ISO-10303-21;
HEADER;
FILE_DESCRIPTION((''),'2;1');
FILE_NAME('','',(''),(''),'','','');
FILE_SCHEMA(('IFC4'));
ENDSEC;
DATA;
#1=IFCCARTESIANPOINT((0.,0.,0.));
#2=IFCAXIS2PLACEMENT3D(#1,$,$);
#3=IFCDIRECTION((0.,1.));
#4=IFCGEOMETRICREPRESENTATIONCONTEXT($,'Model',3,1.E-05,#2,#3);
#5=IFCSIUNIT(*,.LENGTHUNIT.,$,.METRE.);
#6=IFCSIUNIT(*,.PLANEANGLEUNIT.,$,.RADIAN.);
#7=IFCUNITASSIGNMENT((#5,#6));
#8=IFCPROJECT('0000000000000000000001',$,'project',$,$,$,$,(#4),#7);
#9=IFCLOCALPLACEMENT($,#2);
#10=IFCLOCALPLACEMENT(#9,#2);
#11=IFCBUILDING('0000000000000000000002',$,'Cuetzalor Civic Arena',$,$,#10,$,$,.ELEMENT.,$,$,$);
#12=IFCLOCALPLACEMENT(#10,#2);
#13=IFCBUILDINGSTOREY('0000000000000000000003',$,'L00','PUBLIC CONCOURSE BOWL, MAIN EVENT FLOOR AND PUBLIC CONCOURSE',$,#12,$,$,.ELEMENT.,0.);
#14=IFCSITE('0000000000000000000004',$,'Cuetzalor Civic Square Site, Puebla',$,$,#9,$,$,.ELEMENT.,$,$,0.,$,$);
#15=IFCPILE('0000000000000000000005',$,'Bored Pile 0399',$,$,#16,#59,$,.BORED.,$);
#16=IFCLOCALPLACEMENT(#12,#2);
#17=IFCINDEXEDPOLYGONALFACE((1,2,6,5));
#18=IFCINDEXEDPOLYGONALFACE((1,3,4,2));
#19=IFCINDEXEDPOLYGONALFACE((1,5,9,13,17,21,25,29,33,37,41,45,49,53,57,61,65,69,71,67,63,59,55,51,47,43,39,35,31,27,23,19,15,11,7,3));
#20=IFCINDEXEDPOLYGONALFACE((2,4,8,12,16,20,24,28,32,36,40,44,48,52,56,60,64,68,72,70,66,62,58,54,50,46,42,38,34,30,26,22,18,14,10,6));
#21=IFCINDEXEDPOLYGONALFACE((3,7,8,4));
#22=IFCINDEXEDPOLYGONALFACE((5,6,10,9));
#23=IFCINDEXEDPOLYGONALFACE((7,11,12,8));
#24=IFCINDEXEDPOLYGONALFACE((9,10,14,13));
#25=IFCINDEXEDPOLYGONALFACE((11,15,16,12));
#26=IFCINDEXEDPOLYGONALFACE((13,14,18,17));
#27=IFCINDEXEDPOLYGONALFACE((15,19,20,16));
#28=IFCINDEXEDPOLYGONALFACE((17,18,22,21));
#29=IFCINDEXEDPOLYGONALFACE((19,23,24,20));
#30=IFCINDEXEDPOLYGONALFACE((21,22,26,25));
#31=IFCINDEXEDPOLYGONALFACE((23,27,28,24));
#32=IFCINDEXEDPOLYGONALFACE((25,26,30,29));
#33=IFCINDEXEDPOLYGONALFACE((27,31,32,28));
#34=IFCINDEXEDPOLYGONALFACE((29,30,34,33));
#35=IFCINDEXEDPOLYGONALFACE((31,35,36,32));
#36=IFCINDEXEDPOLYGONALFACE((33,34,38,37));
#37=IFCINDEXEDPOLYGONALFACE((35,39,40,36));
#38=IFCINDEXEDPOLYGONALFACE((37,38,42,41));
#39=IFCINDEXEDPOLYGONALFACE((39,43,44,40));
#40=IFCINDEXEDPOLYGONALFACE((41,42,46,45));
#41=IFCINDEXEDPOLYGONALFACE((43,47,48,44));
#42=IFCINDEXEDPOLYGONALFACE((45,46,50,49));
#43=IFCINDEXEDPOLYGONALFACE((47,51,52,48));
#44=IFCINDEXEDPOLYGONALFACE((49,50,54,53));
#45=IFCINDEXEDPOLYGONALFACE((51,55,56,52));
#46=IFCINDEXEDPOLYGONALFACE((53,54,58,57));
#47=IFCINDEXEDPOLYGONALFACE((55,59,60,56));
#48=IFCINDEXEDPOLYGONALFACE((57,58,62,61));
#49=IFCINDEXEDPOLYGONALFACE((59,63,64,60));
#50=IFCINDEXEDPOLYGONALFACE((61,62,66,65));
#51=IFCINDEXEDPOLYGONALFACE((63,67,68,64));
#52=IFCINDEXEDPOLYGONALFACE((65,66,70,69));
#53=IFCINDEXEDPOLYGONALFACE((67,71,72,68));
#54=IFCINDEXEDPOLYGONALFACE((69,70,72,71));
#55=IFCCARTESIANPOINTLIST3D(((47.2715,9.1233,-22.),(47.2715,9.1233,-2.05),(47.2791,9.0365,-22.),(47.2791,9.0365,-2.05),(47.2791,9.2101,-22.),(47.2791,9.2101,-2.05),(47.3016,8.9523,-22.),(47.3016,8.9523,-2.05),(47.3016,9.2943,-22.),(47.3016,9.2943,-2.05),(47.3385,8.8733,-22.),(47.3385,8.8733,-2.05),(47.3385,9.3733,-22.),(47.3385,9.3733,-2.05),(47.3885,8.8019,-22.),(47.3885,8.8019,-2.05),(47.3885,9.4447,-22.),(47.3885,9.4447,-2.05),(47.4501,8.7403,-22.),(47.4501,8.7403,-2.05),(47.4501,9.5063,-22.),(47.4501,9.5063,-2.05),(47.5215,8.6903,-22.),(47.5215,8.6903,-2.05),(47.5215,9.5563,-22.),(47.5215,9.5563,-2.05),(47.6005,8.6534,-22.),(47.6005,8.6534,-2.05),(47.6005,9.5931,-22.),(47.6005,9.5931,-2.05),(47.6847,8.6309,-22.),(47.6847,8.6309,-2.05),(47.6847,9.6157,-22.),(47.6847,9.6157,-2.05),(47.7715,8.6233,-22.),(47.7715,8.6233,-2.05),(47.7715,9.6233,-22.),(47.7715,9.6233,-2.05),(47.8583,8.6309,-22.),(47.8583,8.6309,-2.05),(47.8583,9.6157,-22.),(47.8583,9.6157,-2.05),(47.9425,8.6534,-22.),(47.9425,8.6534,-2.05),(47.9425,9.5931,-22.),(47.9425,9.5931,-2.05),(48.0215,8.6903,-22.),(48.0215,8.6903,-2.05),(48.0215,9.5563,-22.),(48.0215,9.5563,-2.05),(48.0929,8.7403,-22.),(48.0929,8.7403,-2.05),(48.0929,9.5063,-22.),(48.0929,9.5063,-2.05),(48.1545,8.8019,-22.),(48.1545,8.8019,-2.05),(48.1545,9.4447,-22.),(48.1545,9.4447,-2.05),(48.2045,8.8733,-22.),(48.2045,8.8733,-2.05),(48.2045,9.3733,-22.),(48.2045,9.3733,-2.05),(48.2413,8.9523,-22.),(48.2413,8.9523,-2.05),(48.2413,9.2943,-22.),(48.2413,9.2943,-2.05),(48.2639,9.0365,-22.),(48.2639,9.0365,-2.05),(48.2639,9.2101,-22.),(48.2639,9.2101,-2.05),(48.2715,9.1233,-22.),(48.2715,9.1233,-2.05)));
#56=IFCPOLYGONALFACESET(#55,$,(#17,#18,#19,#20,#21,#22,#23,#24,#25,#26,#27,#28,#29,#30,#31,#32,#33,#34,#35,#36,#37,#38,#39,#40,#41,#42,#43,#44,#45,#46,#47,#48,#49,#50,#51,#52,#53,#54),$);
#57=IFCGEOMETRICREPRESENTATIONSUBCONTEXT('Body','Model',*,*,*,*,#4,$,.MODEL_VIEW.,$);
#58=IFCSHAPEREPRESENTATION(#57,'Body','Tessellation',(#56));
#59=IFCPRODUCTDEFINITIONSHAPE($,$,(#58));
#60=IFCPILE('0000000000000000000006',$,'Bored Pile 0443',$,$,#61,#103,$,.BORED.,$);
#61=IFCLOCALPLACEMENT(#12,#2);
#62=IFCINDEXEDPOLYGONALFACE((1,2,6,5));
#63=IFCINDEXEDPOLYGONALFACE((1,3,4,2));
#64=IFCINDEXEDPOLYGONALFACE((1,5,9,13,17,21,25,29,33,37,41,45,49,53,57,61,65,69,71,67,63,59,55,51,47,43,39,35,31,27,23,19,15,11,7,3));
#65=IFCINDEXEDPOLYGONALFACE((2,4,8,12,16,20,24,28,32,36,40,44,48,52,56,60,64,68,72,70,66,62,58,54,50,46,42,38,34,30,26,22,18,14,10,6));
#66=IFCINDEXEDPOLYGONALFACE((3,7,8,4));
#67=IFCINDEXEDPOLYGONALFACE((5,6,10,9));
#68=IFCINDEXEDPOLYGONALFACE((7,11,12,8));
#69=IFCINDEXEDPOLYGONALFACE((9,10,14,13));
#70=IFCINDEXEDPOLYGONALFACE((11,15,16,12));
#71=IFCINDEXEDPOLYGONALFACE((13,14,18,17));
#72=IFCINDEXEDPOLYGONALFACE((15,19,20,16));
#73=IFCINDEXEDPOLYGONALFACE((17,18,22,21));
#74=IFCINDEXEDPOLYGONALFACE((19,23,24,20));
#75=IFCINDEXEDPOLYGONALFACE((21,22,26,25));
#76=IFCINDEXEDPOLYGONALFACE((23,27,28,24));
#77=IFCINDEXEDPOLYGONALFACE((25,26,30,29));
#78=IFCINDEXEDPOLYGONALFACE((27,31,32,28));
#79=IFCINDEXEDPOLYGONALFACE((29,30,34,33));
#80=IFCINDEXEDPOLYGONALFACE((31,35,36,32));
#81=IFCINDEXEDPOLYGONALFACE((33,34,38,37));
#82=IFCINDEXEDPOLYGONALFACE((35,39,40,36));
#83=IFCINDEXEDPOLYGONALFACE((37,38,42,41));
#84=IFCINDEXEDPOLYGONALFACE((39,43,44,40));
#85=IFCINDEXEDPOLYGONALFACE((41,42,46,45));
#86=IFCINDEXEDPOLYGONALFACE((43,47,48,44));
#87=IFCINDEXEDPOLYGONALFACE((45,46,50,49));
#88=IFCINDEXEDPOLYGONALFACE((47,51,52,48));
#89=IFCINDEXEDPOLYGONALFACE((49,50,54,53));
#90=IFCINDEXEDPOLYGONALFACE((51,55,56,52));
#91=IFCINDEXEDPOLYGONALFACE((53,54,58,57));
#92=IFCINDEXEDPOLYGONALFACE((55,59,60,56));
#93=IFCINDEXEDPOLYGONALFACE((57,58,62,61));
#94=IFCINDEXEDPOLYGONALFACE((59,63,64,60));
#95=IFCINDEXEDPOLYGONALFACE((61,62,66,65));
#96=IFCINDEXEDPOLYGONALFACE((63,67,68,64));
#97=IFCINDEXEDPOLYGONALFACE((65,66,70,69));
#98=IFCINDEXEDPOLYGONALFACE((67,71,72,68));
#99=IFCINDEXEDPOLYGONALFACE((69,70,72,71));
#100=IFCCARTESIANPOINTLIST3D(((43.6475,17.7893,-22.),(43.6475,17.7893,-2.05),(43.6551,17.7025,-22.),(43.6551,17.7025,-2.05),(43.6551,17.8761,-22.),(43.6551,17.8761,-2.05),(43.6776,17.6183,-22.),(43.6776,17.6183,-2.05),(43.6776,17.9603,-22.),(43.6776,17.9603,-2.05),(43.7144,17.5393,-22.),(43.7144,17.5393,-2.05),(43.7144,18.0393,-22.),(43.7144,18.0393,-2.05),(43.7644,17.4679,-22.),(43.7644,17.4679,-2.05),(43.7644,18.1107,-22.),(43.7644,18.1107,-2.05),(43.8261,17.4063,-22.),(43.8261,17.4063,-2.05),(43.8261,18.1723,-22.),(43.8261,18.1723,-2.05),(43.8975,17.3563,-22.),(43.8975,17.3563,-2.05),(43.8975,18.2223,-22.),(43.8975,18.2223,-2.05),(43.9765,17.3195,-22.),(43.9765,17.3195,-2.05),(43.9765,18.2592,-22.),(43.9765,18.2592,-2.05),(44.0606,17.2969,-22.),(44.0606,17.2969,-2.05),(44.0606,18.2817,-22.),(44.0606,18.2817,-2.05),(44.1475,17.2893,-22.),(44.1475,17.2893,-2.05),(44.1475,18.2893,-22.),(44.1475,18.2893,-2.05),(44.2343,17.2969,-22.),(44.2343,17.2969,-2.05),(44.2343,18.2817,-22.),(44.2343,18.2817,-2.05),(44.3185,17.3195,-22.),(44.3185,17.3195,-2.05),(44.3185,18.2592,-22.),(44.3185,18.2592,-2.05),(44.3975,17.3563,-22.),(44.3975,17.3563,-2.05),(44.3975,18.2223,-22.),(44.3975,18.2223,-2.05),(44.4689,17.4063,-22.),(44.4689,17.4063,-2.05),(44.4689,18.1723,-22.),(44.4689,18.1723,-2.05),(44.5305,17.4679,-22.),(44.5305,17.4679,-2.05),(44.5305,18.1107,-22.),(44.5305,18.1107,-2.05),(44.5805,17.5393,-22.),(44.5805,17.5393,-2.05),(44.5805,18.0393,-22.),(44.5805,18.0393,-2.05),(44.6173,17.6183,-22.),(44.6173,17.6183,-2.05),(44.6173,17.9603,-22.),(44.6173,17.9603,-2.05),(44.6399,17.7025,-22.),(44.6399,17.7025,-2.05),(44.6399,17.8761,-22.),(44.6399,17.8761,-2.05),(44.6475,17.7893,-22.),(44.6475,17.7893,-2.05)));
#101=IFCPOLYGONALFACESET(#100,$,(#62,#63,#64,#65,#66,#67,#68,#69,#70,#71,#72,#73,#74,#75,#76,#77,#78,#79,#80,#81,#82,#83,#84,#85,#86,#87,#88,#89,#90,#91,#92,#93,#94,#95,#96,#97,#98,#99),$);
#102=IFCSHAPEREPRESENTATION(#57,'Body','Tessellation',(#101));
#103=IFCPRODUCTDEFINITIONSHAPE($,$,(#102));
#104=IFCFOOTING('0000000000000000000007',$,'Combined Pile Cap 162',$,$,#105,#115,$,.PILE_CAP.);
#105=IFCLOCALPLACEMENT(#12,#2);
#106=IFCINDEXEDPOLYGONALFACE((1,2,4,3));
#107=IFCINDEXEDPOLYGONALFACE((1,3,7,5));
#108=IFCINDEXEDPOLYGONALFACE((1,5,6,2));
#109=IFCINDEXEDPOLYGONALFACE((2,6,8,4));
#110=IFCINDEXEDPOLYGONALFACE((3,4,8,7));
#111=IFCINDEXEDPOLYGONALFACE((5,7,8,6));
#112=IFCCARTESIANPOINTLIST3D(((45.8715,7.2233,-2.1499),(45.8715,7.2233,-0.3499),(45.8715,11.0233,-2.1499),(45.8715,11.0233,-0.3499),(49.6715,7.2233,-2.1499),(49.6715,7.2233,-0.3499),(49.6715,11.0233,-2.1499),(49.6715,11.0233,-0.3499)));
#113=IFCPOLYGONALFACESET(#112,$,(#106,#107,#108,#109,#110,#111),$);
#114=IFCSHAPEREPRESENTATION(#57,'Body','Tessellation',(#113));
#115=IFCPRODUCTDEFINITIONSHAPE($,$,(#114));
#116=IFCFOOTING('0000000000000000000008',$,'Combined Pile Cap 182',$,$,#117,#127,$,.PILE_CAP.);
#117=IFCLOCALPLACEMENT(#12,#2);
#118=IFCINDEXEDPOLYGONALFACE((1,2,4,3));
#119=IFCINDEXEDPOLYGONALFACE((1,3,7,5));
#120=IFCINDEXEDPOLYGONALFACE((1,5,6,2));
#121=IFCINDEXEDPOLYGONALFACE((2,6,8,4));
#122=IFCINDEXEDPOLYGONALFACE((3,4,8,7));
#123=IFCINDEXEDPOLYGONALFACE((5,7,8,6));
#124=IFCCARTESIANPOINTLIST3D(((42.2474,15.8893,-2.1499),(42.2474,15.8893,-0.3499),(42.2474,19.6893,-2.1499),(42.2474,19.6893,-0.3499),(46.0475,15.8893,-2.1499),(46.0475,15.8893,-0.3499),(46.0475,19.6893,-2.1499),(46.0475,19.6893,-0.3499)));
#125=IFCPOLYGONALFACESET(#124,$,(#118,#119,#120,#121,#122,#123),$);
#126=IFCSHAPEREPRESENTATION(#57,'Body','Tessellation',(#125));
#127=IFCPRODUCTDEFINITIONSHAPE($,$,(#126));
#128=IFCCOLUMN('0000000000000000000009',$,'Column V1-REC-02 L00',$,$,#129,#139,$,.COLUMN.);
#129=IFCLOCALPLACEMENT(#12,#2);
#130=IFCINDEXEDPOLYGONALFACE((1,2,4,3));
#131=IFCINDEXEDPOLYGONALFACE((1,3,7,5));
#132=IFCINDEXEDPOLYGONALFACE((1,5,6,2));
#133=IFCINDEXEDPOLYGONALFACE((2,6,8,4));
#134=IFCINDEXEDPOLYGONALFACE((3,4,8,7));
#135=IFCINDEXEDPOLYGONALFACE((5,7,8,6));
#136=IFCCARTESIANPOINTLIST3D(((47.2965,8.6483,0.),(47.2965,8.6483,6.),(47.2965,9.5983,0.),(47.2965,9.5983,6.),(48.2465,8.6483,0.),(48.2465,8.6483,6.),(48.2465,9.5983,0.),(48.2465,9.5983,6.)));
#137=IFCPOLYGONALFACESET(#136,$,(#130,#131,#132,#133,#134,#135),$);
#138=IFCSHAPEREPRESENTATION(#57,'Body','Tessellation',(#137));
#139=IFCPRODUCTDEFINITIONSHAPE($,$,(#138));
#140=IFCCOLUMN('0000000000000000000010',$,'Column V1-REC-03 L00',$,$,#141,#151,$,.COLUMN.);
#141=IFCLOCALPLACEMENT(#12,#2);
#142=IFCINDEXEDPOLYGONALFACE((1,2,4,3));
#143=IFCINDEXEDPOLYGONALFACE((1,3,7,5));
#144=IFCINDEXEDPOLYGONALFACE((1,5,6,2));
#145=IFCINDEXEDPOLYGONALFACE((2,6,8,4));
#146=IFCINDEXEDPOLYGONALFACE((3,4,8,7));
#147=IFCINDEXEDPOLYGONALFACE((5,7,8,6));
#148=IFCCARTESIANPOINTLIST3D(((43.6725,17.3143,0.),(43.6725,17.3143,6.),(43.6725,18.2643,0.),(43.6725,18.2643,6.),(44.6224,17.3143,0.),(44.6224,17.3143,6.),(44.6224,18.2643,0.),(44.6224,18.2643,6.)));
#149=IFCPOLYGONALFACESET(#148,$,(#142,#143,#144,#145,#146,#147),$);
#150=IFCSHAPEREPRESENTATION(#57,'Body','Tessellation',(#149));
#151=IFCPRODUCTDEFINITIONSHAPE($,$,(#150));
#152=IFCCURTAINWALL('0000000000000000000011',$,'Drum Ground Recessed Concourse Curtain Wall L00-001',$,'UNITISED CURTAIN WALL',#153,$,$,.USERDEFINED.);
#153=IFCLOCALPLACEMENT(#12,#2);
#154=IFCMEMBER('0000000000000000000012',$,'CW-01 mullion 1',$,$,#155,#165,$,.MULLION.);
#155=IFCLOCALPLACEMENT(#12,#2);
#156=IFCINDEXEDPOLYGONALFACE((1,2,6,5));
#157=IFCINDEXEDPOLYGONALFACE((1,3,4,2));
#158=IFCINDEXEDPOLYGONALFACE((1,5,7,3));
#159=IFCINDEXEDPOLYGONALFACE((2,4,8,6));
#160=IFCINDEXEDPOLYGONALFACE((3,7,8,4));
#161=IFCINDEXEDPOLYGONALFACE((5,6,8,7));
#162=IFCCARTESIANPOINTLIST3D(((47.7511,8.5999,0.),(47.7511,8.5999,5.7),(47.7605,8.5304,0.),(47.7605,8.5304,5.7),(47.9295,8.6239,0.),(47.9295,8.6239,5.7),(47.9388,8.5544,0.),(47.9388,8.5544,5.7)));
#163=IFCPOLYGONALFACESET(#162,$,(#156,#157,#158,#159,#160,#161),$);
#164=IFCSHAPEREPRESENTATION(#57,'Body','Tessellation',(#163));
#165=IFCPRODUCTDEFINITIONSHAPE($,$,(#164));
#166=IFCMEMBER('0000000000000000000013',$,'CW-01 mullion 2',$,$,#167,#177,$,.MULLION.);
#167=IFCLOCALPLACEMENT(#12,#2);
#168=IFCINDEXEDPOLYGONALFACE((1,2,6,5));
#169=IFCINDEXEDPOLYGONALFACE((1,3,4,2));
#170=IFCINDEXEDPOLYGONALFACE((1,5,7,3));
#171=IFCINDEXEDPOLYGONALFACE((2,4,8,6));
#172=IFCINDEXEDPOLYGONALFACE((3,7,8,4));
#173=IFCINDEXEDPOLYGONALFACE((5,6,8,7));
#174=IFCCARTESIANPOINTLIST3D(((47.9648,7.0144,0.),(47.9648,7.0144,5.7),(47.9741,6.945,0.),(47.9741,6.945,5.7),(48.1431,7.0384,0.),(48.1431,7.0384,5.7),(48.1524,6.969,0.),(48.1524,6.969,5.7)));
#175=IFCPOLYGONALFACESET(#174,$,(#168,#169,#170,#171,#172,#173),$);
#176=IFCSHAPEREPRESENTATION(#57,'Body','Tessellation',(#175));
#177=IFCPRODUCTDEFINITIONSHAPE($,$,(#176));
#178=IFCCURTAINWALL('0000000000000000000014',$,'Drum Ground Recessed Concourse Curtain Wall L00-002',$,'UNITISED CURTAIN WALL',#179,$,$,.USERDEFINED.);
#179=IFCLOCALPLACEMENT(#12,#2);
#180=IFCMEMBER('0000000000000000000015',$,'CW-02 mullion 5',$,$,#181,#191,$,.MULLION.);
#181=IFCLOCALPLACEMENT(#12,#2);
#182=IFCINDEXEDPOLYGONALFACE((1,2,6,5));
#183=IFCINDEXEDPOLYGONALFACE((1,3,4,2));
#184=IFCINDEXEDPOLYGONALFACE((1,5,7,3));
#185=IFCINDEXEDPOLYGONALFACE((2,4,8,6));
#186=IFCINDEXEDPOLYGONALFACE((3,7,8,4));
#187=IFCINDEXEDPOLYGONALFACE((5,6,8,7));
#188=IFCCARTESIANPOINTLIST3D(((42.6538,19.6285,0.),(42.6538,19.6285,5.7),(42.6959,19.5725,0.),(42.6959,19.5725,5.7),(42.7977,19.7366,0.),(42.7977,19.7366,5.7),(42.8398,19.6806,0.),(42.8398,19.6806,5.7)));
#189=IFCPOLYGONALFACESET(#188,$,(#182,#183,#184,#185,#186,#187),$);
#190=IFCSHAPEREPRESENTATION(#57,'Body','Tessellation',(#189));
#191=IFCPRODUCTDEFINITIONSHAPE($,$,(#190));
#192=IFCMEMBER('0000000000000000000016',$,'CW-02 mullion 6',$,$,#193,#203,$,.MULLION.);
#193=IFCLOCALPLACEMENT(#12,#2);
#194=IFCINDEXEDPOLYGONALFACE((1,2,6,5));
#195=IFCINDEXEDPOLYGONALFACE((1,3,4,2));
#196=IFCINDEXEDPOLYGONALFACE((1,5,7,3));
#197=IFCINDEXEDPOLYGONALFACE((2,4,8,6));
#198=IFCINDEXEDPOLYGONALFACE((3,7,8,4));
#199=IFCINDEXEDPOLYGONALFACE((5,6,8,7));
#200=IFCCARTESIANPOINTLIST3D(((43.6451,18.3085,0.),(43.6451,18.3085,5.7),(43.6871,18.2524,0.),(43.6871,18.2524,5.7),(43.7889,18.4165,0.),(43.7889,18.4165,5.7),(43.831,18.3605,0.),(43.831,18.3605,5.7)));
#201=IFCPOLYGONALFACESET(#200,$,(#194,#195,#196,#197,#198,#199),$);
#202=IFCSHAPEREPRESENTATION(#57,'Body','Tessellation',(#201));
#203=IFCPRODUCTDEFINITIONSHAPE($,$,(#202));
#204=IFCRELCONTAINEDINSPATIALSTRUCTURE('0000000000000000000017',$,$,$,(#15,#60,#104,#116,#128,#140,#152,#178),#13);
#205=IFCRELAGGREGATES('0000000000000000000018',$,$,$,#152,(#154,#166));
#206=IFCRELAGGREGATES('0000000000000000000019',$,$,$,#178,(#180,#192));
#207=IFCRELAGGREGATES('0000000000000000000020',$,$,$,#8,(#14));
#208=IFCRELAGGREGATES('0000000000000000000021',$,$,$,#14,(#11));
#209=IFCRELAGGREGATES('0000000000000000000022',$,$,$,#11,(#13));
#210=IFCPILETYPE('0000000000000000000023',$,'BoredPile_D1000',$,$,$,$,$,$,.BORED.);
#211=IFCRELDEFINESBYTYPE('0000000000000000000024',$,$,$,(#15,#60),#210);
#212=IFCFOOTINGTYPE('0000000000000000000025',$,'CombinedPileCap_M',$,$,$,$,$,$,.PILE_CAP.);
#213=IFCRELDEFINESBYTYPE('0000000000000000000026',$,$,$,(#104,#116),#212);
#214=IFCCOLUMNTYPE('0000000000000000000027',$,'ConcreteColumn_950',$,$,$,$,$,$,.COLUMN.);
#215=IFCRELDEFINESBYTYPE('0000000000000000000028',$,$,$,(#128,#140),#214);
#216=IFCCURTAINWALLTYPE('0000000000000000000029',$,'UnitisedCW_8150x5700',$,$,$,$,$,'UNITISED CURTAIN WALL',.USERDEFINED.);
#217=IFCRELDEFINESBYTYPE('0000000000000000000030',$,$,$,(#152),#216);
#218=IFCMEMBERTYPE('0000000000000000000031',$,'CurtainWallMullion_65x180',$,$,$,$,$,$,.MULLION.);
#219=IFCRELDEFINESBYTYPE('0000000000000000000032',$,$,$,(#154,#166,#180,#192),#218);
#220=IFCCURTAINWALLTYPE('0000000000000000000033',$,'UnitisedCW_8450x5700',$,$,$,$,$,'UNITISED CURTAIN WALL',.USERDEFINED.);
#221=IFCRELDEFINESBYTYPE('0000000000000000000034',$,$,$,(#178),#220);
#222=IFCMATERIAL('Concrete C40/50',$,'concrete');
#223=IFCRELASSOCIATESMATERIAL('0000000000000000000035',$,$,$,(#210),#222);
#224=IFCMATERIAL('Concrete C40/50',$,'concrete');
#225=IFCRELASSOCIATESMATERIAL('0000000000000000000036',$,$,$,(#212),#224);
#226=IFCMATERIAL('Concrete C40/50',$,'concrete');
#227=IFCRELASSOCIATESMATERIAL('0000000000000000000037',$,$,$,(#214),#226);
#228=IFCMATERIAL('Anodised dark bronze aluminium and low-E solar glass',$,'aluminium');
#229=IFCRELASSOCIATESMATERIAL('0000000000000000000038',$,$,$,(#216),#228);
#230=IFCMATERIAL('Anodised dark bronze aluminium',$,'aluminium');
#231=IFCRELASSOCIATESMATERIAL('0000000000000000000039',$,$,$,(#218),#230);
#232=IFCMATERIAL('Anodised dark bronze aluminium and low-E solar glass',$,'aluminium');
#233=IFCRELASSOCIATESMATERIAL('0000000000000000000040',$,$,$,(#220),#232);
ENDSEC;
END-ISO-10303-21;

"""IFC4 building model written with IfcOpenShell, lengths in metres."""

from ifc_helpers import new_model, si_unit, direction, frame, origin, origin_2d, place, context, subcontext, project, spatial, rectangle, circle, extrude, material, material_profile, profile_set, type_object, element, aggregate, save


model = new_model("IFC4")

# Units and contexts
model_context = context("Model", 3, precision=1e-05, world=origin(), true_north=direction((0.0, 1.0)))
body_context = subcontext(model_context, "Body", "Model", "MODEL_VIEW")
ifc_project = project(units=[si_unit("LENGTHUNIT", "METRE"), si_unit("PLANEANGLEUNIT", "RADIAN")], contexts=[model_context])

# Site, building, storey
site_placement = place(None, origin())
site = spatial("IfcSite", under=ifc_project, at=site_placement, Name="Cuetzalor Civic Square Site, Puebla", CompositionType="ELEMENT", RefElevation=0.0)
building_placement = place(site_placement, origin())
building = spatial("IfcBuilding", under=site, at=building_placement, Name="Cuetzalor Civic Arena", CompositionType="ELEMENT")
storey_placement = place(building_placement, origin())
storey = spatial("IfcBuildingStorey", under=building, at=storey_placement, Name="L00", Description="PUBLIC CONCOURSE BOWL, MAIN EVENT FLOOR AND PUBLIC CONCOURSE", CompositionType="ELEMENT", Elevation=0.0)

# Piles
ifc_material_1 = material(Name="Concrete C40/50", Category="concrete")
ifc_material_profile_1 = material_profile(ifc_material_1, circle(Radius=0.5, at=origin_2d()), Name="BORED PILE D1000")
ifc_profile_set_1 = profile_set([ifc_material_profile_1], Name="Concrete C40/50")
pile_type = type_object("IfcPileType", Name="BoredPile_D1000", PredefinedType="BORED", material=ifc_profile_set_1)
for number, where, z_axis, x_axis, name in (
    (1, (47.7715, 9.1233, -2.05), (0.0, 0.0, -1.0), (1.0, 0.0, 0.0), "Bored Pile 0399"),
    (2, (44.1475, 17.7893, -2.05), (0.0, 0.0, -1.0), (1.0, 0.0, 0.0), "Bored Pile 0443"),
):
    element("IfcPile", number, at=place(storey_placement, frame(where, z_axis=z_axis, x_axis=x_axis)), inside=storey, type_object=pile_type, Name=name, PredefinedType="BORED", context=body_context, shape_type="SweptSolid", body=[
        extrude(circle(Radius=0.5, at=origin_2d()), origin(), (0.0, 0.0, 1.0), 19.95),
    ])

# Footings
ifc_material_2 = material(Name="Concrete C40/50", Category="concrete")
footing_type = type_object("IfcFootingType", Name="CombinedPileCap_M", PredefinedType="PILE_CAP", material=ifc_material_2)
for number, where, z_axis, x_axis, name in (
    (3, (47.7715, 9.1233, -2.1499), (0.0, 0.0, 1.0), (1.0, 0.0, 0.0), "Combined Pile Cap 162"),
    (4, (44.1475, 17.7893, -2.1499), (0.0, 0.0, 1.0), (1.0, 0.0, 0.0), "Combined Pile Cap 182"),
):
    element("IfcFooting", number, at=place(storey_placement, frame(where, z_axis=z_axis, x_axis=x_axis)), inside=storey, type_object=footing_type, Name=name, PredefinedType="PILE_CAP", context=body_context, shape_type="SweptSolid", body=[
        extrude(rectangle(XDim=3.8, YDim=3.8, at=origin_2d()), origin(), (0.0, 0.0, 1.0), 1.8),
    ])

# Columns
ifc_material_3 = material(Name="Concrete C40/50", Category="concrete")
ifc_material_profile_2 = material_profile(ifc_material_3, rectangle(XDim=0.95, YDim=0.95, at=origin_2d()), Name="RC 950x950")
ifc_profile_set_2 = profile_set([ifc_material_profile_2], Name="Concrete C40/50")
column_type = type_object("IfcColumnType", Name="ConcreteColumn_950", PredefinedType="COLUMN", material=ifc_profile_set_2)
for number, where, z_axis, x_axis, name in (
    (5, (47.7715, 9.1233, 0.0), (0.0, 0.0, 1.0), (1.0, 0.0, 0.0), "Column V1-REC-02 L00"),
    (6, (44.1475, 17.7893, 0.0), (0.0, 0.0, 1.0), (1.0, 0.0, 0.0), "Column V1-REC-03 L00"),
):
    element("IfcColumn", number, at=place(storey_placement, frame(where, z_axis=z_axis, x_axis=x_axis)), inside=storey, type_object=column_type, Name=name, PredefinedType="COLUMN", context=body_context, shape_type="SweptSolid", body=[
        extrude(rectangle(XDim=0.95, YDim=0.95, at=origin_2d()), origin(), (0.0, 0.0, 1.0), 6.0),
    ])

# Curtain walls, members
ifc_material_4 = material(Name="Anodised dark bronze aluminium and low-E solar glass", Category="aluminium")
curtain_wall_type_1 = type_object("IfcCurtainWallType", Name="UnitisedCW_8150x5700", ElementType="UNITISED CURTAIN WALL", PredefinedType="USERDEFINED", material=ifc_material_4)
curtain_wall_1_placement = place(storey_placement, origin())
curtain_wall_1 = element("IfcCurtainWall", 7, at=curtain_wall_1_placement, inside=storey, type_object=curtain_wall_type_1, Name="Drum Ground Recessed Concourse Curtain Wall L00-001", ObjectType="UNITISED CURTAIN WALL", PredefinedType="USERDEFINED")
ifc_material_5 = material(Name="Anodised dark bronze aluminium", Category="aluminium")
ifc_material_profile_3 = material_profile(ifc_material_5, rectangle(XDim=0.0701, YDim=0.1799, at=origin_2d()), Name="ALU MULLION 70x180")
ifc_profile_set_3 = profile_set([ifc_material_profile_3], Name="Anodised dark bronze aluminium")
member_type_1 = type_object("IfcMemberType", Name="CurtainWallMullion_65x180", PredefinedType="MULLION", material=ifc_profile_set_3)
member_1_placement = place(storey_placement, frame((47.845, 8.5771, 0.0), z_axis=(0.0, 0.0, 1.0), x_axis=(0.133443, -0.991056, 0.0)))
member_1 = element("IfcMember", 8, at=member_1_placement, type_object=member_type_1, Name="CW-01 mullion 1", PredefinedType="MULLION", context=body_context, shape_type="SweptSolid", body=[
    extrude(rectangle(XDim=0.0701, YDim=0.1799, at=origin_2d()), origin(), (0.0, 0.0, 1.0), 5.7),
])
member_2_placement = place(storey_placement, frame((48.0586, 6.9917, 0.0), z_axis=(0.0, 0.0, 1.0), x_axis=(0.133443, -0.991056, 0.0)))
member_2 = element("IfcMember", 9, at=member_2_placement, type_object=member_type_1, Name="CW-01 mullion 2", PredefinedType="MULLION", context=body_context, shape_type="SweptSolid", body=[
    extrude(rectangle(XDim=0.0701, YDim=0.1799, at=origin_2d()), origin(), (0.0, 0.0, 1.0), 5.7),
])
ifc_material_6 = material(Name="Anodised dark bronze aluminium and low-E solar glass", Category="aluminium")
curtain_wall_type_2 = type_object("IfcCurtainWallType", Name="UnitisedCW_8450x5700", ElementType="UNITISED CURTAIN WALL", PredefinedType="USERDEFINED", material=ifc_material_6)
curtain_wall_2_placement = place(storey_placement, origin())
curtain_wall_2 = element("IfcCurtainWall", 10, at=curtain_wall_2_placement, inside=storey, type_object=curtain_wall_type_2, Name="Drum Ground Recessed Concourse Curtain Wall L00-002", ObjectType="UNITISED CURTAIN WALL", PredefinedType="USERDEFINED")
member_3_placement = place(storey_placement, frame((42.7468, 19.6545, 0.0), z_axis=(0.0, 0.0, 1.0), x_axis=(0.600492, -0.799631, 0.0)))
member_3 = element("IfcMember", 11, at=member_3_placement, type_object=member_type_1, Name="CW-02 mullion 5", PredefinedType="MULLION", context=body_context, shape_type="SweptSolid", body=[
    extrude(rectangle(XDim=0.0701, YDim=0.1799, at=origin_2d()), origin(), (0.0, 0.0, 1.0), 5.7),
])
member_4_placement = place(storey_placement, frame((43.738, 18.3345, 0.0), z_axis=(0.0, 0.0, 1.0), x_axis=(0.600492, -0.799631, 0.0)))
member_4 = element("IfcMember", 12, at=member_4_placement, type_object=member_type_1, Name="CW-02 mullion 6", PredefinedType="MULLION", context=body_context, shape_type="SweptSolid", body=[
    extrude(rectangle(XDim=0.0701, YDim=0.1799, at=origin_2d()), origin(), (0.0, 0.0, 1.0), 5.7),
])

aggregate(curtain_wall_1, [member_1, member_2])
aggregate(curtain_wall_2, [member_3, member_4])

save(model, "model.ifc")
